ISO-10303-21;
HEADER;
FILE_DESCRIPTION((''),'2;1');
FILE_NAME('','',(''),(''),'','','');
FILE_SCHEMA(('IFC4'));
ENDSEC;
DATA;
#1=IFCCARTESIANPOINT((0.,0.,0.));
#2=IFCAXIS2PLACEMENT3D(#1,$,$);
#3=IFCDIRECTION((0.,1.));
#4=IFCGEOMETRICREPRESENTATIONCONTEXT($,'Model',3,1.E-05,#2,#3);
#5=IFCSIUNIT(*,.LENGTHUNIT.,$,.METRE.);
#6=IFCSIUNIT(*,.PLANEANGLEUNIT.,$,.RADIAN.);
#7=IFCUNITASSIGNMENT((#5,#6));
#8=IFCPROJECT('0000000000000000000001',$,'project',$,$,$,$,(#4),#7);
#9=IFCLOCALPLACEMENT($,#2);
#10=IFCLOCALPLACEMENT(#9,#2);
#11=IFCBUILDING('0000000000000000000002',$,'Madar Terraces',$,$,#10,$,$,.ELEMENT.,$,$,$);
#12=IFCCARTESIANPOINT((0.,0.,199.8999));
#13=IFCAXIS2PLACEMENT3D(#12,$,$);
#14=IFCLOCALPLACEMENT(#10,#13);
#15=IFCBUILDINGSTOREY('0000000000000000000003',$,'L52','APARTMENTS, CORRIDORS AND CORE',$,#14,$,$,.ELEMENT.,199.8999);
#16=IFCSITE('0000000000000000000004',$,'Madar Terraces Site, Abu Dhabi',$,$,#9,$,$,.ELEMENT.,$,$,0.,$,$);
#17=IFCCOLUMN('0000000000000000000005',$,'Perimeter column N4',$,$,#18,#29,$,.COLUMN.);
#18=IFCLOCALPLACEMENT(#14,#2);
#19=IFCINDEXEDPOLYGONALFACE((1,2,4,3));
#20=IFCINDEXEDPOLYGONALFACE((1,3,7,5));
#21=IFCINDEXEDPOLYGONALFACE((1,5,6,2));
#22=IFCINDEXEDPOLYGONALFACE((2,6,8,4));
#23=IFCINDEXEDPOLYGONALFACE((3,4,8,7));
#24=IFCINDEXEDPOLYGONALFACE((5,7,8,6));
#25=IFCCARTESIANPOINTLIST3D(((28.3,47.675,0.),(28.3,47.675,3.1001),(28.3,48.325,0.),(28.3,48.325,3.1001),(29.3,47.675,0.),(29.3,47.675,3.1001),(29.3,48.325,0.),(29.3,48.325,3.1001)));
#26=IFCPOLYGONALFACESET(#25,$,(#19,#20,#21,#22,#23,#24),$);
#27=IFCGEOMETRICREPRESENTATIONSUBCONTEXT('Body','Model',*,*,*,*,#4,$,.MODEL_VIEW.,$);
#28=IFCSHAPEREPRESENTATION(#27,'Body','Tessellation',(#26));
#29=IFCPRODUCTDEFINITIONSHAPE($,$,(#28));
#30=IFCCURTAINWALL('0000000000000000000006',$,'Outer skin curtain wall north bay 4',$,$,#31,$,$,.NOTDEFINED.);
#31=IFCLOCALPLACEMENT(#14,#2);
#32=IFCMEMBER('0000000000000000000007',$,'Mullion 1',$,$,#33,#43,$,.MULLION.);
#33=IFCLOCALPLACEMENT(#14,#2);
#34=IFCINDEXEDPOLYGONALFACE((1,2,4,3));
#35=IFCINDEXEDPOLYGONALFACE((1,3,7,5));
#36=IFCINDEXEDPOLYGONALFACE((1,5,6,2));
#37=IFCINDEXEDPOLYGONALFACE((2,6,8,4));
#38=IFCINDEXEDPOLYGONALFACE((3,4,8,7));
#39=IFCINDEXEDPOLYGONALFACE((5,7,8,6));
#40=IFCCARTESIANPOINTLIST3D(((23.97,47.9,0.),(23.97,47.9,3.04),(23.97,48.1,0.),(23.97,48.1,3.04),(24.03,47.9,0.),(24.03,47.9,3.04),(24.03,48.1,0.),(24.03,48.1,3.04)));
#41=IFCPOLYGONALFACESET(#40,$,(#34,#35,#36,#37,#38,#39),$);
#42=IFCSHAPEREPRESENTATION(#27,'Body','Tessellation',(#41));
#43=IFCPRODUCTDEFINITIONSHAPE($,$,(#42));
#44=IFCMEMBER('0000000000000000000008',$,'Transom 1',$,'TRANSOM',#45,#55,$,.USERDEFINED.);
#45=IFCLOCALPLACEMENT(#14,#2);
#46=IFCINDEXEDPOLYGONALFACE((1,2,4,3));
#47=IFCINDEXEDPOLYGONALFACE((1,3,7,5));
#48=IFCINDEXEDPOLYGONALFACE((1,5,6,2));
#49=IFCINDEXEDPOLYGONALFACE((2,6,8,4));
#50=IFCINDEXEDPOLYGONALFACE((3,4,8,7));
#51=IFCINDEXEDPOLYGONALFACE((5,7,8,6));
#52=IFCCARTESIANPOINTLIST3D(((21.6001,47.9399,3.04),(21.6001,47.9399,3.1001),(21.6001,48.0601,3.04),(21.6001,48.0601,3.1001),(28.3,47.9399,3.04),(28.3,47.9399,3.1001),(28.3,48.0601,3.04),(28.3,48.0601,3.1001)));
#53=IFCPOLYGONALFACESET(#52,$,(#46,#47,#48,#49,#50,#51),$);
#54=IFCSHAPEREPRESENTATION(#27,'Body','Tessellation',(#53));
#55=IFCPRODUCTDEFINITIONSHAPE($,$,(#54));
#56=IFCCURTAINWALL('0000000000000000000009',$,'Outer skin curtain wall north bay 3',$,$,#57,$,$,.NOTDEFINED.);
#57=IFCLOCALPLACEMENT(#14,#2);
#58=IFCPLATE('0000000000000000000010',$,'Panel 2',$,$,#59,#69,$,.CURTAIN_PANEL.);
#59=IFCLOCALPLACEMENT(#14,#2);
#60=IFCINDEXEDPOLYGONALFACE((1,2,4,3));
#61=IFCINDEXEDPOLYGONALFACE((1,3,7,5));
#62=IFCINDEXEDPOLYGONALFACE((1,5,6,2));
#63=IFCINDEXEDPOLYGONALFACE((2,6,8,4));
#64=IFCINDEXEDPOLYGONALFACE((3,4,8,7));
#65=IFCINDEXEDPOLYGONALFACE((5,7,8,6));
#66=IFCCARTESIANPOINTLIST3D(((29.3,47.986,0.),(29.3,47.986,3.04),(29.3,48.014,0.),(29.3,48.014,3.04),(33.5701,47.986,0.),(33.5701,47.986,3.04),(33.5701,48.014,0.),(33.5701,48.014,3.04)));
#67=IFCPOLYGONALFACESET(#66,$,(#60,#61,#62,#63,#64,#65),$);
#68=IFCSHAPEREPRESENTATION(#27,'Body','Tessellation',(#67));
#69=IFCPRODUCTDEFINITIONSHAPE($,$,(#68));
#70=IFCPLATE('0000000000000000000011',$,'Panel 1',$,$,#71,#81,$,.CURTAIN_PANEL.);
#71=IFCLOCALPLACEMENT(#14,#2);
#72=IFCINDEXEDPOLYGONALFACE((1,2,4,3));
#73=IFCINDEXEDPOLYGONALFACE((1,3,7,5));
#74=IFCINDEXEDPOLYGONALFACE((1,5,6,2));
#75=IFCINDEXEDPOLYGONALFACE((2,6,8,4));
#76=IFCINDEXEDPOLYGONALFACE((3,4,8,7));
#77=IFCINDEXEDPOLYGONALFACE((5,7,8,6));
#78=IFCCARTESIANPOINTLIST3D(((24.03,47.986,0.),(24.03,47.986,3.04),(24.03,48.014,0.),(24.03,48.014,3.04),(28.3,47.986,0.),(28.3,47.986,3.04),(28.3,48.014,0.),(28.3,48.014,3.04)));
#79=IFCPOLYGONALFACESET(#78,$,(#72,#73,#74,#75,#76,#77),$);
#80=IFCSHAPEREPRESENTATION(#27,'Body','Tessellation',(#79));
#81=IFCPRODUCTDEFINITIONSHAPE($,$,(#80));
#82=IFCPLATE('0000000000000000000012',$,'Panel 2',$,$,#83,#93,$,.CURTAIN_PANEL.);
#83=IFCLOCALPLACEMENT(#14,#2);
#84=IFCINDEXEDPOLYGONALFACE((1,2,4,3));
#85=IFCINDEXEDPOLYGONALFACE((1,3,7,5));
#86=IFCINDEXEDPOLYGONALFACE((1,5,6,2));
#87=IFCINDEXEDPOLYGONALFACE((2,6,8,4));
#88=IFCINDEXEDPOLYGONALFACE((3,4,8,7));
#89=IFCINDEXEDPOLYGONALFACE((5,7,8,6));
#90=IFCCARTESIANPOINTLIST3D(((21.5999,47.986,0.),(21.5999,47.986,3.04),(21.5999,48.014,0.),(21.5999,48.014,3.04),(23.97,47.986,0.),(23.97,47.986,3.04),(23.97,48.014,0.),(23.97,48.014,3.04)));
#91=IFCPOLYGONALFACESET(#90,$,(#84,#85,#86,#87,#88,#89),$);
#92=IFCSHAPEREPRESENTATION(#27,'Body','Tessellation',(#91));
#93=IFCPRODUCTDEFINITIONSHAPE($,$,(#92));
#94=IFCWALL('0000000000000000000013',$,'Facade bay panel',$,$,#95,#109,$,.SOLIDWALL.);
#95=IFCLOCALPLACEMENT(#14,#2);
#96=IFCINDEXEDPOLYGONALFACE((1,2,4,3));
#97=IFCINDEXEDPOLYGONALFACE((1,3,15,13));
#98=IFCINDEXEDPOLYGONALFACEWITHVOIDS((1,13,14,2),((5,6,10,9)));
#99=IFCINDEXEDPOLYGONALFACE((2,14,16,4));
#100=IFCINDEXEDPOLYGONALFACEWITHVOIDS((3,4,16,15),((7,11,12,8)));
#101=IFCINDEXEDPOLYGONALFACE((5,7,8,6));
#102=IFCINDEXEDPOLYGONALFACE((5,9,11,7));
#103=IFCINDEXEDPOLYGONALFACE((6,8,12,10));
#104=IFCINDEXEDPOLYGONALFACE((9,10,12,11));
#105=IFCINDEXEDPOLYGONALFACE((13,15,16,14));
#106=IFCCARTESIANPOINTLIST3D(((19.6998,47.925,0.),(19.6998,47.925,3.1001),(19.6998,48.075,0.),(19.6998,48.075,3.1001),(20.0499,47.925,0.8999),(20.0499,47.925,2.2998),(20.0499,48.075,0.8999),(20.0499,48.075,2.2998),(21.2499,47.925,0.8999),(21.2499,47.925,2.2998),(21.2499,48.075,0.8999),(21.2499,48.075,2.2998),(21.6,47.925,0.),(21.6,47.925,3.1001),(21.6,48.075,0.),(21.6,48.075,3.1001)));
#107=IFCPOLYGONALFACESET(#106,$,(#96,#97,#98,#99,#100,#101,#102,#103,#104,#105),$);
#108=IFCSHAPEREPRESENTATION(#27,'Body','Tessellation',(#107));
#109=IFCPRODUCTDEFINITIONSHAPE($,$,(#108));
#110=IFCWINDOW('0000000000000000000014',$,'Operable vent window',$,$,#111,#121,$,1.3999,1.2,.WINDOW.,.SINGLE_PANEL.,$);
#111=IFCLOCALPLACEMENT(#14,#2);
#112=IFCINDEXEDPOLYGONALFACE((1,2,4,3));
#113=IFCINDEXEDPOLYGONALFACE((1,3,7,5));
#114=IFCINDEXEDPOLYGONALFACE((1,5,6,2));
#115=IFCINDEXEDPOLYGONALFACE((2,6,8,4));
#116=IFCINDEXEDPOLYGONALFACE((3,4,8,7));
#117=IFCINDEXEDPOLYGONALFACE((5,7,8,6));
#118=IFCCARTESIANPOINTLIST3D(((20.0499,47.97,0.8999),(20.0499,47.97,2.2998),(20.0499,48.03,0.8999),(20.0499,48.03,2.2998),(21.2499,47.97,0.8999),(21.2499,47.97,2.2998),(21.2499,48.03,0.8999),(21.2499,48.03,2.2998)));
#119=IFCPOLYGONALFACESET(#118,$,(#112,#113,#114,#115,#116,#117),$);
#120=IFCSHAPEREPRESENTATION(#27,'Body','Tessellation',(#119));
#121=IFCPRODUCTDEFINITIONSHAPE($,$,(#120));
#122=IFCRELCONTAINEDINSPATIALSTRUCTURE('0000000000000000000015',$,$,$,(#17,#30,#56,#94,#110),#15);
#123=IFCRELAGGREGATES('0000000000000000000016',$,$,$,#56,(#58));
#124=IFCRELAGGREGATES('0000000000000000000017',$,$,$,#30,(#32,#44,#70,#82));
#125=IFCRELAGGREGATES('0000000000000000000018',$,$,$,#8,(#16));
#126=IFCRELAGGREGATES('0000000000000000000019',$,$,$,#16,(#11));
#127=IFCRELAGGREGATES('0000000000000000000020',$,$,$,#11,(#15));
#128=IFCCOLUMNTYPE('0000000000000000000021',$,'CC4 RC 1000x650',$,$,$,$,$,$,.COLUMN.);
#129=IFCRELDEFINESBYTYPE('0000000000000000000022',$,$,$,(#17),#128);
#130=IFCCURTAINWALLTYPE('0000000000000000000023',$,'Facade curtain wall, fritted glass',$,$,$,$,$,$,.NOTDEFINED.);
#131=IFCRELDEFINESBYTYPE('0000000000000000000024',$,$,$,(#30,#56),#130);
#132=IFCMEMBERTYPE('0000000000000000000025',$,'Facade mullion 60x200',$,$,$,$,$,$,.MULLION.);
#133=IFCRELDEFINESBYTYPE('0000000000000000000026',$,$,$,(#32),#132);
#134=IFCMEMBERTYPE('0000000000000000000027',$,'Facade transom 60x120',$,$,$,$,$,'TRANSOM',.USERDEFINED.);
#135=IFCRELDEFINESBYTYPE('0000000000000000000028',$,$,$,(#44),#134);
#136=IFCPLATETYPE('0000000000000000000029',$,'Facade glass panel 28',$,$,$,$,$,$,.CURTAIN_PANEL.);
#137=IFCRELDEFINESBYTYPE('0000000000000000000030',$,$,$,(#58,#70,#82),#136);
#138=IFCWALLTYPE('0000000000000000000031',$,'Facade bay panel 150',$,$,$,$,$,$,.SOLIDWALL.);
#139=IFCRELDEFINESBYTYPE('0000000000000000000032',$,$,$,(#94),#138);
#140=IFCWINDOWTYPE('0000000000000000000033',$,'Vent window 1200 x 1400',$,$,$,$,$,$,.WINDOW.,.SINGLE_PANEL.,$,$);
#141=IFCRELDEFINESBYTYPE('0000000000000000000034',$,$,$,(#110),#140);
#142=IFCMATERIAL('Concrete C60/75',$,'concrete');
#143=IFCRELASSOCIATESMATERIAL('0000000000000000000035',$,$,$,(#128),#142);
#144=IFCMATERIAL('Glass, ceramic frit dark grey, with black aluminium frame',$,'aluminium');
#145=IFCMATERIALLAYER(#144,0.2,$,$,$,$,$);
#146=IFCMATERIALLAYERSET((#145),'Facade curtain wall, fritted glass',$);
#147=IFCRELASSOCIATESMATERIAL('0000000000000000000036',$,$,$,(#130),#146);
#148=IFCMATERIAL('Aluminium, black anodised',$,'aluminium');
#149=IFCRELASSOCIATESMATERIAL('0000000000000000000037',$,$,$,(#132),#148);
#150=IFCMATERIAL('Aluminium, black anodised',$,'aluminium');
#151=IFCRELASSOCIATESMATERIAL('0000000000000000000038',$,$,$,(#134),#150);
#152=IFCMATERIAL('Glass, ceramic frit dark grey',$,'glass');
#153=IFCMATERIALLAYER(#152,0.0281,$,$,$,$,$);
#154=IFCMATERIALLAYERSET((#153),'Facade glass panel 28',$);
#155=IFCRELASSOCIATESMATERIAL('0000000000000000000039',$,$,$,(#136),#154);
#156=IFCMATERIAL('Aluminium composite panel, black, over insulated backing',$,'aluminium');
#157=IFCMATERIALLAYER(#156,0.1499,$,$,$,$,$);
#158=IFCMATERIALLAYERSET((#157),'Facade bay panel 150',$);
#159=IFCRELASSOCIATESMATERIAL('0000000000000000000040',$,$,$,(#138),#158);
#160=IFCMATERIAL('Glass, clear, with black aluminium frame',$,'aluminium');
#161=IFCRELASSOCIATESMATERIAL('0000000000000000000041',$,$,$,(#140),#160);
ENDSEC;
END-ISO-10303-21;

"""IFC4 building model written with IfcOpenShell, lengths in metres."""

from ifc_helpers import new_model, si_unit, direction, frame, frame_2d, origin, origin_2d, place, context, subcontext, project, spatial, rectangle, extrude, material, layer, layer_set, material_profile, profile_set, type_object, element, fill, aggregate, save


model = new_model("IFC4")

# Units and contexts
model_context = context("Model", 3, precision=1e-05, world=origin(), true_north=direction((0.0, 1.0)))
body_context = subcontext(model_context, "Body", "Model", "MODEL_VIEW")
ifc_project = project(units=[si_unit("LENGTHUNIT", "METRE"), si_unit("PLANEANGLEUNIT", "RADIAN")], contexts=[model_context])

# Site, building, storey
site_placement = place(None, origin())
site = spatial("IfcSite", under=ifc_project, at=site_placement, Name="Madar Terraces Site, Abu Dhabi", CompositionType="ELEMENT", RefElevation=0.0)
building_placement = place(site_placement, origin())
building = spatial("IfcBuilding", under=site, at=building_placement, Name="Madar Terraces", CompositionType="ELEMENT")
storey_placement = place(building_placement, frame((0.0, 0.0, 199.8999)))
storey = spatial("IfcBuildingStorey", under=building, at=storey_placement, Name="L52", Description="APARTMENTS, CORRIDORS AND CORE", CompositionType="ELEMENT", Elevation=199.8999)

# Column
ifc_material_1 = material(Name="Concrete C60/75", Category="concrete")
ifc_material_profile_1 = material_profile(ifc_material_1, rectangle(XDim=1.0, YDim=0.6499, at=origin_2d()), Name="CC4 RC 1000x650")
ifc_profile_set_1 = profile_set([ifc_material_profile_1], Name="Concrete C60/75")
column_type = type_object("IfcColumnType", Name="CC4 RC 1000x650", PredefinedType="COLUMN", material=ifc_profile_set_1)
column_placement = place(storey_placement, frame((28.8, 48.0, 0.0), z_axis=(0.0, 0.0, 1.0), x_axis=(1.0, 0.0, 0.0)))
element("IfcColumn", 1, at=column_placement, inside=storey, type_object=column_type, Name="Perimeter column N4", PredefinedType="COLUMN", context=body_context, shape_type="SweptSolid", body=[
    extrude(rectangle(XDim=1.0, YDim=0.6499, at=origin_2d()), origin(), (0.0, 0.0, 1.0), 3.1001),
])

# Curtain wall, members
ifc_material_2 = material(Name="Glass, ceramic frit dark grey, with black aluminium frame", Category="aluminium")
ifc_layer_1 = layer(ifc_material_2, 0.2)
ifc_layer_set_1 = layer_set([ifc_layer_1], Name="Facade curtain wall, fritted glass")
curtain_wall_type = type_object("IfcCurtainWallType", Name="Facade curtain wall, fritted glass", PredefinedType="NOTDEFINED", material=ifc_layer_set_1)
curtain_wall_1_placement = place(storey_placement, origin())
curtain_wall_1 = element("IfcCurtainWall", 2, at=curtain_wall_1_placement, inside=storey, type_object=curtain_wall_type, Name="Outer skin curtain wall north bay 4", PredefinedType="NOTDEFINED")
ifc_material_3 = material(Name="Aluminium, black anodised", Category="aluminium")
ifc_material_profile_2 = material_profile(ifc_material_3, rectangle(XDim=0.2, YDim=0.0601, at=origin_2d()), Name="Facade mullion 60x200")
ifc_profile_set_2 = profile_set([ifc_material_profile_2], Name="Aluminium, black anodised")
member_type_1 = type_object("IfcMemberType", Name="Facade mullion 60x200", PredefinedType="MULLION", material=ifc_profile_set_2)
member_1_placement = place(storey_placement, frame((24.0, 48.0, 0.0), z_axis=(0.0, 0.0, 1.0), x_axis=(0.0, -1.0, 0.0)))
member_1 = element("IfcMember", 3, at=member_1_placement, type_object=member_type_1, Name="Mullion 1", PredefinedType="MULLION", context=body_context, shape_type="SweptSolid", body=[
    extrude(rectangle(XDim=0.2, YDim=0.0601, at=origin_2d()), origin(), (0.0, 0.0, 1.0), 3.04),
])
ifc_material_4 = material(Name="Aluminium, black anodised", Category="aluminium")
ifc_material_profile_3 = material_profile(ifc_material_4, rectangle(XDim=0.1201, YDim=0.0601, at=origin_2d()), Name="Facade transom 60x120")
ifc_profile_set_3 = profile_set([ifc_material_profile_3], Name="Aluminium, black anodised")
member_type_2 = type_object("IfcMemberType", Name="Facade transom 60x120", ElementType="TRANSOM", PredefinedType="USERDEFINED", material=ifc_profile_set_3)
member_2_placement = place(storey_placement, frame((28.3, 48.0, 3.0701), z_axis=(-1.0, 0.0, 0.0), x_axis=(0.0, -1.0, 0.0)))
member_2 = element("IfcMember", 4, at=member_2_placement, type_object=member_type_2, Name="Transom 1", ObjectType="TRANSOM", PredefinedType="USERDEFINED", context=body_context, shape_type="SweptSolid", body=[
    extrude(rectangle(XDim=0.1201, YDim=0.0601, at=origin_2d()), origin(), (0.0, 0.0, 1.0), 6.7),
])

# Curtain wall, plate
curtain_wall_2_placement = place(storey_placement, origin())
curtain_wall_2 = element("IfcCurtainWall", 5, at=curtain_wall_2_placement, inside=storey, type_object=curtain_wall_type, Name="Outer skin curtain wall north bay 3", PredefinedType="NOTDEFINED")
ifc_material_5 = material(Name="Glass, ceramic frit dark grey", Category="glass")
ifc_layer_2 = layer(ifc_material_5, 0.0281)
ifc_layer_set_2 = layer_set([ifc_layer_2], Name="Facade glass panel 28")
plate_type = type_object("IfcPlateType", Name="Facade glass panel 28", PredefinedType="CURTAIN_PANEL", material=ifc_layer_set_2)
plate_1_placement = place(storey_placement, frame((31.4351, 48.0, 0.0), z_axis=(0.0, 0.0, 1.0), x_axis=(-1.0, 0.0, 0.0)))
plate_1 = element("IfcPlate", 6, at=plate_1_placement, type_object=plate_type, Name="Panel 2", PredefinedType="CURTAIN_PANEL", context=body_context, shape_type="SweptSolid", body=[
    extrude(rectangle(XDim=4.27, YDim=0.0281, at=origin_2d()), origin(), (0.0, 0.0, 1.0), 3.04),
])
aggregate(curtain_wall_2, [plate_1])

# Plates
plate_2_placement = place(storey_placement, frame((26.165, 48.0, 0.0), z_axis=(0.0, 0.0, 1.0), x_axis=(-1.0, 0.0, 0.0)))
plate_2 = element("IfcPlate", 7, at=plate_2_placement, type_object=plate_type, Name="Panel 1", PredefinedType="CURTAIN_PANEL", context=body_context, shape_type="SweptSolid", body=[
    extrude(rectangle(XDim=4.27, YDim=0.0281, at=origin_2d()), origin(), (0.0, 0.0, 1.0), 3.04),
])
plate_3_placement = place(storey_placement, frame((22.7849, 48.0, 0.0), z_axis=(0.0, 0.0, 1.0), x_axis=(-1.0, 0.0, 0.0)))
plate_3 = element("IfcPlate", 8, at=plate_3_placement, type_object=plate_type, Name="Panel 2", PredefinedType="CURTAIN_PANEL", context=body_context, shape_type="SweptSolid", body=[
    extrude(rectangle(XDim=2.3701, YDim=0.0281, at=origin_2d()), origin(), (0.0, 0.0, 1.0), 3.04),
])
aggregate(curtain_wall_1, [member_1, member_2, plate_2, plate_3])

# Wall, opening, window
ifc_material_6 = material(Name="Aluminium composite panel, black, over insulated backing", Category="aluminium")
ifc_layer_3 = layer(ifc_material_6, 0.1499)
ifc_layer_set_3 = layer_set([ifc_layer_3], Name="Facade bay panel 150")
wall_type_1 = type_object("IfcWallType", Name="Facade bay panel 150", PredefinedType="SOLIDWALL", material=ifc_layer_set_3)
wall_1_placement = place(storey_placement, frame((21.6001, 48.0, 0.0), z_axis=(0.0, 0.0, 1.0), x_axis=(-1.0, 0.0, 0.0)))
wall_1 = element("IfcWall", 9, at=wall_1_placement, inside=storey, type_object=wall_type_1, Name="Facade bay panel", PredefinedType="SOLIDWALL", context=body_context, shape_type="SweptSolid", body=[
    extrude(rectangle(XDim=1.9001, YDim=0.1499, at=frame_2d((0.9502, 0.0))), origin(), (0.0, 0.0, 1.0), 3.1001),
])
opening_1_placement = place(wall_1_placement, frame((0.3501, 0.0, 0.8999)))
opening_1 = element("IfcOpeningElement", 10, at=opening_1_placement, cuts=wall_1, PredefinedType="OPENING", context=body_context, shape_type="SweptSolid", body=[
    extrude(rectangle(XDim=1.2, YDim=1.3999, at=frame_2d((0.6001, 0.7))), frame((0.0, 0.085, 0.0), z_axis=(0.0, -1.0, 0.0), x_axis=(1.0, 0.0, 0.0)), (0.0, 0.0, 1.0), 0.1699),
])
ifc_material_7 = material(Name="Glass, clear, with black aluminium frame", Category="aluminium")
window_type = type_object("IfcWindowType", Name="Vent window 1200 x 1400", PartitioningType="SINGLE_PANEL", PredefinedType="WINDOW", material=ifc_material_7)
window_placement = place(opening_1_placement, origin())
window = element("IfcWindow", 11, at=window_placement, inside=storey, type_object=window_type, Name="Operable vent window", OverallHeight=1.3999, OverallWidth=1.2, PartitioningType="SINGLE_PANEL", PredefinedType="WINDOW", context=body_context, shape_type="SweptSolid", body=[
    extrude(rectangle(XDim=1.2, YDim=1.3999, at=frame_2d((0.6001, 0.7))), frame((0.0, 0.03, 0.0), z_axis=(0.0, -1.0, 0.0), x_axis=(1.0, 0.0, 0.0)), (0.0, 0.0, 1.0), 0.0601),
])
fill(opening_1, window)

save(model, "model.ifc")
